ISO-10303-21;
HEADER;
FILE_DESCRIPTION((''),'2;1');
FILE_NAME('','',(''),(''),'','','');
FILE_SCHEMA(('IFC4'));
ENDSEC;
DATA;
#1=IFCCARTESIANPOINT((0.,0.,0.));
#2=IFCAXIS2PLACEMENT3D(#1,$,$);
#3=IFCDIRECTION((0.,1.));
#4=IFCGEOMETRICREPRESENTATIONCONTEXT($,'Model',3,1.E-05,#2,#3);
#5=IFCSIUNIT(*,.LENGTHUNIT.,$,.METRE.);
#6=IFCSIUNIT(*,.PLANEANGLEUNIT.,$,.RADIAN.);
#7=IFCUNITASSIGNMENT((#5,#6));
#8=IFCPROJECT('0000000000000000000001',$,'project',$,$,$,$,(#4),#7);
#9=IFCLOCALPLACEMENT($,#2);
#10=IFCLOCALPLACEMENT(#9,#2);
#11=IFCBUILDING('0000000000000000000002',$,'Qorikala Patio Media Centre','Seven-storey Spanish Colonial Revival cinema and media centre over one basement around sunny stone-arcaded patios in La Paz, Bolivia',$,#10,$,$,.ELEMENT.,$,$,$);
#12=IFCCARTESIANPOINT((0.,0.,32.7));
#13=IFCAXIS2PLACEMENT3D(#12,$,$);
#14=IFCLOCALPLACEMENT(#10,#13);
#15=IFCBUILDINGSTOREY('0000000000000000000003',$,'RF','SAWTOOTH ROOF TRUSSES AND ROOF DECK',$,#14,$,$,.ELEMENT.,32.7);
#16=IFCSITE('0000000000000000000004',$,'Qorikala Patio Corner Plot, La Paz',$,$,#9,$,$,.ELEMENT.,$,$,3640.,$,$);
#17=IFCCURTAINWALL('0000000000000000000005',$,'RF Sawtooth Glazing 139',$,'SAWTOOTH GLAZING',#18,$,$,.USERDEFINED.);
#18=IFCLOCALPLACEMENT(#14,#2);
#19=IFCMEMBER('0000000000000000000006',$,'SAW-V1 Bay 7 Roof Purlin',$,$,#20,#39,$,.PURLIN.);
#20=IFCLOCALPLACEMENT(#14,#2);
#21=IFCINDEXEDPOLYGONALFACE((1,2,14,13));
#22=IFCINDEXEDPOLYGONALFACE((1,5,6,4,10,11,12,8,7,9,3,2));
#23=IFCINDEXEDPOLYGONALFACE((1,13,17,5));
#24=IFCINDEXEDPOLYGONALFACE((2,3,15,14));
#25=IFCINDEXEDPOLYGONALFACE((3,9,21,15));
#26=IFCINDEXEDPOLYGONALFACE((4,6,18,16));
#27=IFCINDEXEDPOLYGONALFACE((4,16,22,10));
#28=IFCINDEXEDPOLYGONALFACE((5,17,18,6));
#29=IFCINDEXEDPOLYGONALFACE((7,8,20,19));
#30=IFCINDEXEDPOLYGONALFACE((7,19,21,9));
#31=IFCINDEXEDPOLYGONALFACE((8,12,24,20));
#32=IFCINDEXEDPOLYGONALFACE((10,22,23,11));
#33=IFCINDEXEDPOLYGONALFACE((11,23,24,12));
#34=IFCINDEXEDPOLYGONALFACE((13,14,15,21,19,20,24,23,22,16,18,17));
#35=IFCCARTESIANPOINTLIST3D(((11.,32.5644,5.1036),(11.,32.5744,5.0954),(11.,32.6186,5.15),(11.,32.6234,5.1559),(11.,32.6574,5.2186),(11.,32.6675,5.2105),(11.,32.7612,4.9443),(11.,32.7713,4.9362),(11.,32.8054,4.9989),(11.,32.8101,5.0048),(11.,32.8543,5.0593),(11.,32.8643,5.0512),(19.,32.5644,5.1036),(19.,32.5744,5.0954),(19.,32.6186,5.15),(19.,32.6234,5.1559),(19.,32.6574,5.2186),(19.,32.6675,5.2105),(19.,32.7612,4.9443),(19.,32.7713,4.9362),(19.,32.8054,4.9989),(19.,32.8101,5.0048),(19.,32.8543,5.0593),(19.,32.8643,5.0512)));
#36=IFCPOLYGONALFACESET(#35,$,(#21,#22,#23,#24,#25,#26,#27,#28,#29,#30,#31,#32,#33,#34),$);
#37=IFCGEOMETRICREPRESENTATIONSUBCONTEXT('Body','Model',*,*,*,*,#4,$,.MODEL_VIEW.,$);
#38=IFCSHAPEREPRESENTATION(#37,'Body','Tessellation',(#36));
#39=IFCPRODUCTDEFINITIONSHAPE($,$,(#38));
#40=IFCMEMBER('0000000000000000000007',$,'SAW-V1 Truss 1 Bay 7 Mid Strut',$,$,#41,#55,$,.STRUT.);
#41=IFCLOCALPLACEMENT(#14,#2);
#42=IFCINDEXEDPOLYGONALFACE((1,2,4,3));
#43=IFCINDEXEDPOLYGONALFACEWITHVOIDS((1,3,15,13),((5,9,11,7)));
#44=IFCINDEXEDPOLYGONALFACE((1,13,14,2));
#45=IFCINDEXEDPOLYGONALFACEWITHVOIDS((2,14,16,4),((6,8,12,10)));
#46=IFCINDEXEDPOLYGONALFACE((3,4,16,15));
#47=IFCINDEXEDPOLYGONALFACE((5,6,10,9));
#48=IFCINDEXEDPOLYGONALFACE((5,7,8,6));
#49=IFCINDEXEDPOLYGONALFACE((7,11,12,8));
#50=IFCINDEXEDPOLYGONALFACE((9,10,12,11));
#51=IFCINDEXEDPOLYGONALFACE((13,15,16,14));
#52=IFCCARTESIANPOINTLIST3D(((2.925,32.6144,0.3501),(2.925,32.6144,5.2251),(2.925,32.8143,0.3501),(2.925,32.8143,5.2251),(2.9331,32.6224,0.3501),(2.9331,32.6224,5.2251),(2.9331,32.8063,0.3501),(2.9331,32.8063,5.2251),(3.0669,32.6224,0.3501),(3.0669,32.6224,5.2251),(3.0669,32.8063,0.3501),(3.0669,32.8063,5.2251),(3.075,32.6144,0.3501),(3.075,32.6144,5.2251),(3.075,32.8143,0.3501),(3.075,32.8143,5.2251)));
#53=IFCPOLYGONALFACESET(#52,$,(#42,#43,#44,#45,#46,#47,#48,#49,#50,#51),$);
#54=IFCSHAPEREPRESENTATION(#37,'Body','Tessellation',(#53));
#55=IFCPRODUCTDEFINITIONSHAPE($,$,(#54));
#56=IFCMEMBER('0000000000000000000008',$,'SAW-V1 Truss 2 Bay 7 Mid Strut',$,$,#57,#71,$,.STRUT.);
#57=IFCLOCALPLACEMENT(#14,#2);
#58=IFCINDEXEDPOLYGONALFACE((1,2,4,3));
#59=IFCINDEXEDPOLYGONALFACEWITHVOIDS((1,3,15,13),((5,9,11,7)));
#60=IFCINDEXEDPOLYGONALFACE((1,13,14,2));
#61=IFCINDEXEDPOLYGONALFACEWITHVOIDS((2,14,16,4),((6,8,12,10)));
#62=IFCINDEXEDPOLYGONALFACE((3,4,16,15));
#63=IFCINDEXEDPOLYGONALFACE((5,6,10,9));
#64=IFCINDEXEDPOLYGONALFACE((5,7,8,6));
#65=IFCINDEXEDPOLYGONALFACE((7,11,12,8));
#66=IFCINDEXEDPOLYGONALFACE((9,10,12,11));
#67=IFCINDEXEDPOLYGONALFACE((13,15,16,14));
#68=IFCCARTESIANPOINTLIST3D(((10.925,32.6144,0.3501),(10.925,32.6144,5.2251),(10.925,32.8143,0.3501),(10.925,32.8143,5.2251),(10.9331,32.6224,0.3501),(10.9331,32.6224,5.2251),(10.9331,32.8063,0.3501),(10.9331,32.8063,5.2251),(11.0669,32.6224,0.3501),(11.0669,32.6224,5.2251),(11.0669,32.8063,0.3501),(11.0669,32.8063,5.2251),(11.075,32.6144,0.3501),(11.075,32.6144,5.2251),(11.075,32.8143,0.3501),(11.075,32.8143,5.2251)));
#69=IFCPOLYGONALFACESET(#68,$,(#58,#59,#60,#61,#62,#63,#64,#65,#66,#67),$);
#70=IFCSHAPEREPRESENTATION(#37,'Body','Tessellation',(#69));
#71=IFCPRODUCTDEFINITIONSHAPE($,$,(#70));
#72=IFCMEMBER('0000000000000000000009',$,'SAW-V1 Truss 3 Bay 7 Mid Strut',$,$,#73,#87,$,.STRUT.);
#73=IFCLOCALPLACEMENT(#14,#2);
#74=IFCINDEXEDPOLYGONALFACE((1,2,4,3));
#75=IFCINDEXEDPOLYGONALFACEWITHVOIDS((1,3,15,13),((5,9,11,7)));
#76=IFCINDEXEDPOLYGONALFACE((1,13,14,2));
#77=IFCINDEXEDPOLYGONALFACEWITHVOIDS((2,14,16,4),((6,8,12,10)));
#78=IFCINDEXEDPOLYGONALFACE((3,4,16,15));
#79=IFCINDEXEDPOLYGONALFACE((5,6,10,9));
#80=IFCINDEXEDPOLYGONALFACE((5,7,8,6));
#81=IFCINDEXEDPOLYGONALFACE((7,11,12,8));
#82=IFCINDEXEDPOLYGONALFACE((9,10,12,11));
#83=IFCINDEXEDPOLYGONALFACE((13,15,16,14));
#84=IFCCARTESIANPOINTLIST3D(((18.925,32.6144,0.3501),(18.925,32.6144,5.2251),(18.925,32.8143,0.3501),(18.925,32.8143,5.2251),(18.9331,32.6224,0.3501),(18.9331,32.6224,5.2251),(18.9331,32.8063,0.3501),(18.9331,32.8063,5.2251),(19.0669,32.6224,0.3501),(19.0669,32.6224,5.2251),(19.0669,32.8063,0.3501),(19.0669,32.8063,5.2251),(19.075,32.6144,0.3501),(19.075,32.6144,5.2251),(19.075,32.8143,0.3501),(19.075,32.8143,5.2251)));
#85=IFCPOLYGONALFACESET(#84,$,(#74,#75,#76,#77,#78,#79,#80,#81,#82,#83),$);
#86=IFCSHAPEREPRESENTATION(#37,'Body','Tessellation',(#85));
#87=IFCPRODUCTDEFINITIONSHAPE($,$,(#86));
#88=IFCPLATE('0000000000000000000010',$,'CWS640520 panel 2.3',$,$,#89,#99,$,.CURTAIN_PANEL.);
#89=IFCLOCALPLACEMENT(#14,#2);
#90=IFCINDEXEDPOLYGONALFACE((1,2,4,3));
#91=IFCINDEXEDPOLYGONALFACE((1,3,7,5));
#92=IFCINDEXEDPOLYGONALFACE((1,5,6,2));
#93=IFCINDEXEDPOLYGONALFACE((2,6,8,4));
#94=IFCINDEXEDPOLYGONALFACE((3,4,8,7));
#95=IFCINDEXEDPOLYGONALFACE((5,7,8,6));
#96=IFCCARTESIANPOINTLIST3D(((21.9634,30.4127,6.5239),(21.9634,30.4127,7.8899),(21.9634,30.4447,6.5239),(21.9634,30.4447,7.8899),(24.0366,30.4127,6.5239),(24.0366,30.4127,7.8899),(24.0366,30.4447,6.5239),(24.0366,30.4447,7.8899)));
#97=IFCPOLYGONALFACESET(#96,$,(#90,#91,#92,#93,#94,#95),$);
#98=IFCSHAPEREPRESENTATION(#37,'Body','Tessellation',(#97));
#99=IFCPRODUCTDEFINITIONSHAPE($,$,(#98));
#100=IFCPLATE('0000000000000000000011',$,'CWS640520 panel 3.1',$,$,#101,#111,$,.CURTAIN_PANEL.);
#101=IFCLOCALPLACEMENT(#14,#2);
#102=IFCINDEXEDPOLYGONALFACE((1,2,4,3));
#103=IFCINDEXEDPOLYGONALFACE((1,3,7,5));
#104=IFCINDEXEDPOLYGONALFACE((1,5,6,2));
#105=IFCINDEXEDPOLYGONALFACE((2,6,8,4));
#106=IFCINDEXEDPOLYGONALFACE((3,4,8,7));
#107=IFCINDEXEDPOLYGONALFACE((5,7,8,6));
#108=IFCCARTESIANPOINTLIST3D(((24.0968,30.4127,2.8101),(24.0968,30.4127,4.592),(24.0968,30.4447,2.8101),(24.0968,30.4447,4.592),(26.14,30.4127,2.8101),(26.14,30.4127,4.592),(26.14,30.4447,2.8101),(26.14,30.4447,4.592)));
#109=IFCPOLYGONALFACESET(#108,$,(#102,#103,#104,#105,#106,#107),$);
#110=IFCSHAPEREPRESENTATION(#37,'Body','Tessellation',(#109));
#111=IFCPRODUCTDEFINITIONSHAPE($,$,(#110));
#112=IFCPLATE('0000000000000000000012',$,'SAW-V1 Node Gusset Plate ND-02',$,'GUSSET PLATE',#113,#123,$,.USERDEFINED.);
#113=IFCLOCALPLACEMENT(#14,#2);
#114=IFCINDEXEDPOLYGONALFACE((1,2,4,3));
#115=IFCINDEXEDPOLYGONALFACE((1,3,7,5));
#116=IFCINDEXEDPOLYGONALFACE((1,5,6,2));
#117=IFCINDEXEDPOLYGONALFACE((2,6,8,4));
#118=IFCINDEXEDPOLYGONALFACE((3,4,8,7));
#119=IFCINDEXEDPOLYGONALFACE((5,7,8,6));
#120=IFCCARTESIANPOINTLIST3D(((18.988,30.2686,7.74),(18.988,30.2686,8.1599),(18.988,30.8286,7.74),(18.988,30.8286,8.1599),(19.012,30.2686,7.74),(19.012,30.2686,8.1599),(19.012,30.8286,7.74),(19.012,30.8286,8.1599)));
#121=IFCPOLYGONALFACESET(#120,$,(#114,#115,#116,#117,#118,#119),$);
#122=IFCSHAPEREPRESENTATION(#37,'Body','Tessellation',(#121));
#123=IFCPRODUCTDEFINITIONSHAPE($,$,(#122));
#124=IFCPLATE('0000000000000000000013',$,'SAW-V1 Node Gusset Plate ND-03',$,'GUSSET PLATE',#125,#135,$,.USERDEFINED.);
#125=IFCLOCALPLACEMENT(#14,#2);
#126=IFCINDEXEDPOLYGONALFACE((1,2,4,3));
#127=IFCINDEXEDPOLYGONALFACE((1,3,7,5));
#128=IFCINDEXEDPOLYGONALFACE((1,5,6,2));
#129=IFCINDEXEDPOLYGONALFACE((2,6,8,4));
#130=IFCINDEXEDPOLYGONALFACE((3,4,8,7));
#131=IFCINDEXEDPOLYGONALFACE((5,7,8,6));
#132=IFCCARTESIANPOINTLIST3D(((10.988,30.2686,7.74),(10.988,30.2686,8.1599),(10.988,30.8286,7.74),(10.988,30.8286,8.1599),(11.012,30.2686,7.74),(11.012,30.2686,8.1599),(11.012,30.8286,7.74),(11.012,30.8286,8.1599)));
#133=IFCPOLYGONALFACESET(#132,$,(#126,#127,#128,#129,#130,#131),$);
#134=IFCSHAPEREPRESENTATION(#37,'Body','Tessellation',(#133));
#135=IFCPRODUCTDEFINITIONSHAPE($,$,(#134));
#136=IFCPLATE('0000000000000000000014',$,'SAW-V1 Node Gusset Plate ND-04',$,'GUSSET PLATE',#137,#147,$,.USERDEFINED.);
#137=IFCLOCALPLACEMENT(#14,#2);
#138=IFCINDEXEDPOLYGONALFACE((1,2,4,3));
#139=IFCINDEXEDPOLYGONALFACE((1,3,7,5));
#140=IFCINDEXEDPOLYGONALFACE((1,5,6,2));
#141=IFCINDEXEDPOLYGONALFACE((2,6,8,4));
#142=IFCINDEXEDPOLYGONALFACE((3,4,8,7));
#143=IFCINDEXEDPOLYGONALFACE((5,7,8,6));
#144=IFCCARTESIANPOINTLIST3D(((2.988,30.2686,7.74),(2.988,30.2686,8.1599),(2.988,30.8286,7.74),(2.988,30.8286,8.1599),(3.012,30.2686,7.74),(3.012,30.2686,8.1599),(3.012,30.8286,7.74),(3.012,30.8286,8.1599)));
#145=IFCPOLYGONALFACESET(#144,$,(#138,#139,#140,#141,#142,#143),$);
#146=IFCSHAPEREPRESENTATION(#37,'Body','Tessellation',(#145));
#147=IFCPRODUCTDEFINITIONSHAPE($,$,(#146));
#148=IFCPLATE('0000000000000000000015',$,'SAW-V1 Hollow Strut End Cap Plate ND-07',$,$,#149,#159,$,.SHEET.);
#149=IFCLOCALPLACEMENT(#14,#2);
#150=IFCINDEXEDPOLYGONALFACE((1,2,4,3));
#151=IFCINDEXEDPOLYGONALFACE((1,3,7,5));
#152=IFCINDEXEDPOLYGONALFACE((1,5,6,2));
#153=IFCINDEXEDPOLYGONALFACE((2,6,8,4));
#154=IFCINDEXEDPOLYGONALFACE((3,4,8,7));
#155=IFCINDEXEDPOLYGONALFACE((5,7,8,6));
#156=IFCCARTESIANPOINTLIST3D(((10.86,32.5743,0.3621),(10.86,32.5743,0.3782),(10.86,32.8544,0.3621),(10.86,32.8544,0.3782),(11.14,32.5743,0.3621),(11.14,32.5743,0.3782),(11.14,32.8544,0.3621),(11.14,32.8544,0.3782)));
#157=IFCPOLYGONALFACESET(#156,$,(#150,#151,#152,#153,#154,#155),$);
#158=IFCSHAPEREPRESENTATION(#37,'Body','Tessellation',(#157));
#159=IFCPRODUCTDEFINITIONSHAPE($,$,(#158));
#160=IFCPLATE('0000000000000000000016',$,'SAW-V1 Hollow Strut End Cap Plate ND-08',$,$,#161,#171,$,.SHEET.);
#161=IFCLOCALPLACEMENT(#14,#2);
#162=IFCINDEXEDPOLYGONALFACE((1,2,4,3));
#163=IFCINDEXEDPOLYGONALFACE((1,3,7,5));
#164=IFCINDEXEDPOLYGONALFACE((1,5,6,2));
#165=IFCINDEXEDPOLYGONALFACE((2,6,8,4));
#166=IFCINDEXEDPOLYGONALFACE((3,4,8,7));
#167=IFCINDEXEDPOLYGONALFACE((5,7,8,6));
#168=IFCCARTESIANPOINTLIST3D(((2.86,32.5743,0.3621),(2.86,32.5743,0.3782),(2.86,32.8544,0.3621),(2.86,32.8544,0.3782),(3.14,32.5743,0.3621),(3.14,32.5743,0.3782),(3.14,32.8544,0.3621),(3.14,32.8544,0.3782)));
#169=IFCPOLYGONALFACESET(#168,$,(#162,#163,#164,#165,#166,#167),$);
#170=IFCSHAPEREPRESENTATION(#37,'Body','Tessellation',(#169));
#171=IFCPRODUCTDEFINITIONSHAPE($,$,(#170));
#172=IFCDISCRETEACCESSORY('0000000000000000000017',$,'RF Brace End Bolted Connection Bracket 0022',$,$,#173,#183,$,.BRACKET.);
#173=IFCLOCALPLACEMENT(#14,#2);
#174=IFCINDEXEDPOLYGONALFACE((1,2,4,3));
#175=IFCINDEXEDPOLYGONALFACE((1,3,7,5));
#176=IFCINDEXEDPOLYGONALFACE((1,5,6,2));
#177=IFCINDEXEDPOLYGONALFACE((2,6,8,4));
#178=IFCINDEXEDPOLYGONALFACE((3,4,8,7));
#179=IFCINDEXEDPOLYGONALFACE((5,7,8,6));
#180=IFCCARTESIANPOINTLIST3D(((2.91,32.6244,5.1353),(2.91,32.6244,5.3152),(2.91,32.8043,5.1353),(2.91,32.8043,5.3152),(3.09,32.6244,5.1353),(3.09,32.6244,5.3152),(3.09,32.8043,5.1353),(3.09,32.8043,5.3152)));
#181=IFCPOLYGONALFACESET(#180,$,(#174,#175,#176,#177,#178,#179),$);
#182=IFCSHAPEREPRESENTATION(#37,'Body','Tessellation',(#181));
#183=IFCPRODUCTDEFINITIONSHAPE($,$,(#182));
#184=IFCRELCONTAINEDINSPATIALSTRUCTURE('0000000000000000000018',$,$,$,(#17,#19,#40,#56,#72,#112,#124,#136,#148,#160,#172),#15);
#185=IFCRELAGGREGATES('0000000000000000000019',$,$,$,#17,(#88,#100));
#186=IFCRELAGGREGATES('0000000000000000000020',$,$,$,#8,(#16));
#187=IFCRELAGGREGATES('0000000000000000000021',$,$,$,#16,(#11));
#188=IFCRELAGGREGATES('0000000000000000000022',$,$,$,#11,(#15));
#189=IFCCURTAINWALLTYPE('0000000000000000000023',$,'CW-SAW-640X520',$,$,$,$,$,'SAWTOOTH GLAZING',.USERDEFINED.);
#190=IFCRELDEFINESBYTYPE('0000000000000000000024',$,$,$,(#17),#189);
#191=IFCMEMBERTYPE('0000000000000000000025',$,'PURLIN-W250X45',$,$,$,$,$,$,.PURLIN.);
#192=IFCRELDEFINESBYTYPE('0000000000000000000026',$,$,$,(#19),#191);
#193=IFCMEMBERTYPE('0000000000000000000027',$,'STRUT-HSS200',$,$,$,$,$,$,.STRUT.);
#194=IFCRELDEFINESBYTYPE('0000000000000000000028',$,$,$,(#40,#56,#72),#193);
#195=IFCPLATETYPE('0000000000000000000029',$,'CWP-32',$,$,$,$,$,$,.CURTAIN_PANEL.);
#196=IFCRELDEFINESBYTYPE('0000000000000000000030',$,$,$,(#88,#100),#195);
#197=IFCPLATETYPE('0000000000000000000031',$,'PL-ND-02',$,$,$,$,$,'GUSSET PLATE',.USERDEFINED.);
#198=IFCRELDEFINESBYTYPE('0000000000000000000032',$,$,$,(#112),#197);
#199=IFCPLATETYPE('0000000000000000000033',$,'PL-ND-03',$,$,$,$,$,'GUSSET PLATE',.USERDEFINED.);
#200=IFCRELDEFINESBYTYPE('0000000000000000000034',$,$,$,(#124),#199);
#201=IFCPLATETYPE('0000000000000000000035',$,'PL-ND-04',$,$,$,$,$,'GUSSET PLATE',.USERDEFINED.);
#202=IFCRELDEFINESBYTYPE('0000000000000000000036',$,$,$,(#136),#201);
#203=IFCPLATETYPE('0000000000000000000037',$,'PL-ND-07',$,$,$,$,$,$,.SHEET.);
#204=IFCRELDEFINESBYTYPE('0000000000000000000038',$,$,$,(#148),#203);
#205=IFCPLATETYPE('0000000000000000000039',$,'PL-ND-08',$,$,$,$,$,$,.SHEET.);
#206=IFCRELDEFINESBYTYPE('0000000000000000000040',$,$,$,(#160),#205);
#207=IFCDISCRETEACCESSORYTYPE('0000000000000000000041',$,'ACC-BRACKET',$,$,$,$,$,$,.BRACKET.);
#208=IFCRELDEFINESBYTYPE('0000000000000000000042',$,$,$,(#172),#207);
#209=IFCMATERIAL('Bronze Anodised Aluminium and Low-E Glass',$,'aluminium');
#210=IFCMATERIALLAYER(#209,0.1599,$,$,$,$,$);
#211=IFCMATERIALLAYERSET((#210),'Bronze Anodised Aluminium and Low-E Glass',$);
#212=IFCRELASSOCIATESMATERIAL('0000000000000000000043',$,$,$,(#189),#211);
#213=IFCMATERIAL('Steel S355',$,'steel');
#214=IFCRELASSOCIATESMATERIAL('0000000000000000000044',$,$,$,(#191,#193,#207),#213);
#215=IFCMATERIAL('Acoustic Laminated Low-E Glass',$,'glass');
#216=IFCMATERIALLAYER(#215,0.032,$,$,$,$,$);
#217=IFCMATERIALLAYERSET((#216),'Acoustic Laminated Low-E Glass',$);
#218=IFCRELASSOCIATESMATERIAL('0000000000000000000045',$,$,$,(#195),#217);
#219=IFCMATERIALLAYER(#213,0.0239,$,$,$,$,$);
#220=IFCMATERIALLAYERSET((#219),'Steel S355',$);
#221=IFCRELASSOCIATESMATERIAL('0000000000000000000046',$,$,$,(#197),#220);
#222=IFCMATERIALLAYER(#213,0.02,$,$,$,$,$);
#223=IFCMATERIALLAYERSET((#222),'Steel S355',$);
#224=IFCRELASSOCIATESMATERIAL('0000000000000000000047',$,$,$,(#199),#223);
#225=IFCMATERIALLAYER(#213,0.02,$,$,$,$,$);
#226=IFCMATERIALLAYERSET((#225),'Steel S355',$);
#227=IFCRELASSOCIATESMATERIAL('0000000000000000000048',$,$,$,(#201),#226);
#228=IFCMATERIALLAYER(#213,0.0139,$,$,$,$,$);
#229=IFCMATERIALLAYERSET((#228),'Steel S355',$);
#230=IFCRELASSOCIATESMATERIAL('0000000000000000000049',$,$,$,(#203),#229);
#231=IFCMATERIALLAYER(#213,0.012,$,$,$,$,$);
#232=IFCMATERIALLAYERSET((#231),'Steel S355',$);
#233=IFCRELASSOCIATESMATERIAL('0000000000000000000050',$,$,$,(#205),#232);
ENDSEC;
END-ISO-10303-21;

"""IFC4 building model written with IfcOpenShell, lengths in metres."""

from ifc_helpers import new_model, si_unit, direction, frame, origin, origin_2d, place, context, subcontext, project, spatial, rectangle, hollow_rectangle, i_section, extrude, material, layer, layer_set, material_profile, profile_set, type_object, element, aggregate, save


model = new_model("IFC4")

# Units and contexts
model_context = context("Model", 3, precision=1e-05, world=origin(), true_north=direction((0.0, 1.0)))
body_context = subcontext(model_context, "Body", "Model", "MODEL_VIEW")
ifc_project = project(units=[si_unit("LENGTHUNIT", "METRE"), si_unit("PLANEANGLEUNIT", "RADIAN")], contexts=[model_context])

# Site, building, storey
site_placement = place(None, origin())
site = spatial("IfcSite", under=ifc_project, at=site_placement, Name="Qorikala Patio Corner Plot, La Paz", CompositionType="ELEMENT", RefElevation=3640.0)
building_placement = place(site_placement, origin())
building = spatial("IfcBuilding", under=site, at=building_placement, Name="Qorikala Patio Media Centre", Description="Seven-storey Spanish Colonial Revival cinema and media centre over one basement around sunny stone-arcaded patios in La Paz, Bolivia", CompositionType="ELEMENT")
storey_placement = place(building_placement, frame((0.0, 0.0, 32.7)))
storey = spatial("IfcBuildingStorey", under=building, at=storey_placement, Name="RF", Description="SAWTOOTH ROOF TRUSSES AND ROOF DECK", CompositionType="ELEMENT", Elevation=32.7)

# Shared definitions
ifc_material_1 = material(Name="Steel S355", Category="steel")

# Curtain wall
ifc_material_2 = material(Name="Bronze Anodised Aluminium and Low-E Glass", Category="aluminium")
ifc_layer_1 = layer(ifc_material_2, 0.1599)
ifc_layer_set_1 = layer_set([ifc_layer_1], Name="Bronze Anodised Aluminium and Low-E Glass")
curtain_wall_type = type_object("IfcCurtainWallType", Name="CW-SAW-640X520", ElementType="SAWTOOTH GLAZING", PredefinedType="USERDEFINED", material=ifc_layer_set_1)
curtain_wall_placement = place(storey_placement, origin())
curtain_wall = element("IfcCurtainWall", 1, at=curtain_wall_placement, inside=storey, type_object=curtain_wall_type, Name="RF Sawtooth Glazing 139", ObjectType="SAWTOOTH GLAZING", PredefinedType="USERDEFINED")

# Members
ifc_material_profile_1 = material_profile(ifc_material_1, i_section(OverallWidth=0.1479, OverallDepth=0.2661, WebThickness=0.0076, FlangeThickness=0.0129, at=origin_2d()), Name="W250X45")
ifc_profile_set_1 = profile_set([ifc_material_profile_1], Name="Steel S355")
member_type_1 = type_object("IfcMemberType", Name="PURLIN-W250X45", PredefinedType="PURLIN", material=ifc_profile_set_1)
for number, where, z_axis, x_axis, name in (
    (2, (11.0, 32.7144, 5.0774), (1.0, 0.0, 0.0), (0.0, 0.628995, 0.77741), "SAW-V1 Bay 7 Roof Purlin"),
):
    element("IfcMember", number, at=place(storey_placement, frame(where, z_axis=z_axis, x_axis=x_axis)), inside=storey, type_object=member_type_1, Name=name, PredefinedType="PURLIN", context=body_context, shape_type="SweptSolid", body=[
        extrude(i_section(OverallWidth=0.1479, OverallDepth=0.2661, WebThickness=0.0076, FlangeThickness=0.0129, at=origin_2d()), origin(), (0.0, 0.0, 1.0), 8.0),
    ])
ifc_material_profile_2 = material_profile(ifc_material_1, hollow_rectangle(XDim=0.1499, YDim=0.2, WallThickness=0.0081, at=origin_2d()), Name="HSS200X150X8")
ifc_profile_set_2 = profile_set([ifc_material_profile_2], Name="Steel S355")
member_type_2 = type_object("IfcMemberType", Name="STRUT-HSS200", PredefinedType="STRUT", material=ifc_profile_set_2)
for number, where, z_axis, x_axis, name in (
    (3, (3.0, 32.7144, 0.3501), (0.0, 0.0, 1.0), (1.0, 0.0, 0.0), "SAW-V1 Truss 1 Bay 7 Mid Strut"),
    (4, (11.0, 32.7144, 0.3501), (0.0, 0.0, 1.0), (1.0, 0.0, 0.0), "SAW-V1 Truss 2 Bay 7 Mid Strut"),
    (5, (19.0, 32.7144, 0.3501), (0.0, 0.0, 1.0), (1.0, 0.0, 0.0), "SAW-V1 Truss 3 Bay 7 Mid Strut"),
):
    element("IfcMember", number, at=place(storey_placement, frame(where, z_axis=z_axis, x_axis=x_axis)), inside=storey, type_object=member_type_2, Name=name, PredefinedType="STRUT", context=body_context, shape_type="SweptSolid", body=[
        extrude(hollow_rectangle(XDim=0.1499, YDim=0.2, WallThickness=0.0081, at=origin_2d()), origin(), (0.0, 0.0, 1.0), 4.875),
    ])

# Plates
ifc_material_3 = material(Name="Acoustic Laminated Low-E Glass", Category="glass")
ifc_layer_2 = layer(ifc_material_3, 0.032)
ifc_layer_set_2 = layer_set([ifc_layer_2], Name="Acoustic Laminated Low-E Glass")
plate_type_1 = type_object("IfcPlateType", Name="CWP-32", PredefinedType="CURTAIN_PANEL", material=ifc_layer_set_2)
plate_1_placement = place(storey_placement, frame((23.0, 30.4287, 6.5239), z_axis=(0.0, 0.0, 1.0), x_axis=(1.0, 0.0, 0.0)))
plate_1 = element("IfcPlate", 6, at=plate_1_placement, type_object=plate_type_1, Name="CWS640520 panel 2.3", PredefinedType="CURTAIN_PANEL", context=body_context, shape_type="SweptSolid", body=[
    extrude(rectangle(XDim=2.0732, YDim=0.032, at=origin_2d()), origin(), (0.0, 0.0, 1.0), 1.366),
])
plate_2_placement = place(storey_placement, frame((25.1184, 30.4287, 2.8101), z_axis=(0.0, 0.0, 1.0), x_axis=(1.0, 0.0, 0.0)))
plate_2 = element("IfcPlate", 7, at=plate_2_placement, type_object=plate_type_1, Name="CWS640520 panel 3.1", PredefinedType="CURTAIN_PANEL", context=body_context, shape_type="SweptSolid", body=[
    extrude(rectangle(XDim=2.0432, YDim=0.032, at=origin_2d()), origin(), (0.0, 0.0, 1.0), 1.782),
])
aggregate(curtain_wall, [plate_1, plate_2])

# Plates
ifc_layer_3 = layer(ifc_material_1, 0.0239)
ifc_layer_set_3 = layer_set([ifc_layer_3], Name="Steel S355")
plate_type_2 = type_object("IfcPlateType", Name="PL-ND-02", ElementType="GUSSET PLATE", PredefinedType="USERDEFINED", material=ifc_layer_set_3)
plate_3_placement = place(storey_placement, frame((19.0, 30.5486, 7.74), z_axis=(0.0, 0.0, 1.0), x_axis=(1.0, 0.0, 0.0)))
element("IfcPlate", 8, at=plate_3_placement, inside=storey, type_object=plate_type_2, Name="SAW-V1 Node Gusset Plate ND-02", ObjectType="GUSSET PLATE", PredefinedType="USERDEFINED", context=body_context, shape_type="SweptSolid", body=[
    extrude(rectangle(XDim=0.0239, YDim=0.5601, at=origin_2d()), origin(), (0.0, 0.0, 1.0), 0.4199),
])
ifc_layer_4 = layer(ifc_material_1, 0.02)
ifc_layer_set_4 = layer_set([ifc_layer_4], Name="Steel S355")
plate_type_3 = type_object("IfcPlateType", Name="PL-ND-03", ElementType="GUSSET PLATE", PredefinedType="USERDEFINED", material=ifc_layer_set_4)
plate_4_placement = place(storey_placement, frame((11.0, 30.5486, 7.74), z_axis=(0.0, 0.0, 1.0), x_axis=(1.0, 0.0, 0.0)))
element("IfcPlate", 9, at=plate_4_placement, inside=storey, type_object=plate_type_3, Name="SAW-V1 Node Gusset Plate ND-03", ObjectType="GUSSET PLATE", PredefinedType="USERDEFINED", context=body_context, shape_type="SweptSolid", body=[
    extrude(rectangle(XDim=0.0239, YDim=0.5601, at=origin_2d()), origin(), (0.0, 0.0, 1.0), 0.4199),
])
ifc_layer_5 = layer(ifc_material_1, 0.02)
ifc_layer_set_5 = layer_set([ifc_layer_5], Name="Steel S355")
plate_type_4 = type_object("IfcPlateType", Name="PL-ND-04", ElementType="GUSSET PLATE", PredefinedType="USERDEFINED", material=ifc_layer_set_5)
plate_5_placement = place(storey_placement, frame((3.0, 30.5486, 7.74), z_axis=(0.0, 0.0, 1.0), x_axis=(1.0, 0.0, 0.0)))
element("IfcPlate", 10, at=plate_5_placement, inside=storey, type_object=plate_type_4, Name="SAW-V1 Node Gusset Plate ND-04", ObjectType="GUSSET PLATE", PredefinedType="USERDEFINED", context=body_context, shape_type="SweptSolid", body=[
    extrude(rectangle(XDim=0.0239, YDim=0.5601, at=origin_2d()), origin(), (0.0, 0.0, 1.0), 0.4199),
])
ifc_layer_6 = layer(ifc_material_1, 0.0139)
ifc_layer_set_6 = layer_set([ifc_layer_6], Name="Steel S355")
plate_type_5 = type_object("IfcPlateType", Name="PL-ND-07", PredefinedType="SHEET", material=ifc_layer_set_6)
plate_6_placement = place(storey_placement, frame((11.0, 32.7144, 0.3621), z_axis=(0.0, 0.0, 1.0), x_axis=(1.0, 0.0, 0.0)))
element("IfcPlate", 11, at=plate_6_placement, inside=storey, type_object=plate_type_5, Name="SAW-V1 Hollow Strut End Cap Plate ND-07", PredefinedType="SHEET", context=body_context, shape_type="SweptSolid", body=[
    extrude(rectangle(XDim=0.28, YDim=0.28, at=origin_2d()), origin(), (0.0, 0.0, 1.0), 0.0161),
])
ifc_layer_7 = layer(ifc_material_1, 0.012)
ifc_layer_set_7 = layer_set([ifc_layer_7], Name="Steel S355")
plate_type_6 = type_object("IfcPlateType", Name="PL-ND-08", PredefinedType="SHEET", material=ifc_layer_set_7)
plate_7_placement = place(storey_placement, frame((3.0, 32.7144, 0.3621), z_axis=(0.0, 0.0, 1.0), x_axis=(1.0, 0.0, 0.0)))
element("IfcPlate", 12, at=plate_7_placement, inside=storey, type_object=plate_type_6, Name="SAW-V1 Hollow Strut End Cap Plate ND-08", PredefinedType="SHEET", context=body_context, shape_type="SweptSolid", body=[
    extrude(rectangle(XDim=0.28, YDim=0.28, at=origin_2d()), origin(), (0.0, 0.0, 1.0), 0.0161),
])

# Discrete accessory
discrete_accessory_type = type_object("IfcDiscreteAccessoryType", Name="ACC-BRACKET", PredefinedType="BRACKET", material=ifc_material_1)
for number, where, z_axis, x_axis, name in (
    (13, (3.0, 32.7144, 5.1353), (0.0, 0.0, 1.0), (1.0, 0.0, 0.0), "RF Brace End Bolted Connection Bracket 0022"),
):
    element("IfcDiscreteAccessory", number, at=place(storey_placement, frame(where, z_axis=z_axis, x_axis=x_axis)), inside=storey, type_object=discrete_accessory_type, Name=name, PredefinedType="BRACKET", context=body_context, shape_type="SweptSolid", body=[
        extrude(rectangle(XDim=0.1799, YDim=0.1799, at=origin_2d()), origin(), (0.0, 0.0, 1.0), 0.1799),
    ])

save(model, "model.ifc")
